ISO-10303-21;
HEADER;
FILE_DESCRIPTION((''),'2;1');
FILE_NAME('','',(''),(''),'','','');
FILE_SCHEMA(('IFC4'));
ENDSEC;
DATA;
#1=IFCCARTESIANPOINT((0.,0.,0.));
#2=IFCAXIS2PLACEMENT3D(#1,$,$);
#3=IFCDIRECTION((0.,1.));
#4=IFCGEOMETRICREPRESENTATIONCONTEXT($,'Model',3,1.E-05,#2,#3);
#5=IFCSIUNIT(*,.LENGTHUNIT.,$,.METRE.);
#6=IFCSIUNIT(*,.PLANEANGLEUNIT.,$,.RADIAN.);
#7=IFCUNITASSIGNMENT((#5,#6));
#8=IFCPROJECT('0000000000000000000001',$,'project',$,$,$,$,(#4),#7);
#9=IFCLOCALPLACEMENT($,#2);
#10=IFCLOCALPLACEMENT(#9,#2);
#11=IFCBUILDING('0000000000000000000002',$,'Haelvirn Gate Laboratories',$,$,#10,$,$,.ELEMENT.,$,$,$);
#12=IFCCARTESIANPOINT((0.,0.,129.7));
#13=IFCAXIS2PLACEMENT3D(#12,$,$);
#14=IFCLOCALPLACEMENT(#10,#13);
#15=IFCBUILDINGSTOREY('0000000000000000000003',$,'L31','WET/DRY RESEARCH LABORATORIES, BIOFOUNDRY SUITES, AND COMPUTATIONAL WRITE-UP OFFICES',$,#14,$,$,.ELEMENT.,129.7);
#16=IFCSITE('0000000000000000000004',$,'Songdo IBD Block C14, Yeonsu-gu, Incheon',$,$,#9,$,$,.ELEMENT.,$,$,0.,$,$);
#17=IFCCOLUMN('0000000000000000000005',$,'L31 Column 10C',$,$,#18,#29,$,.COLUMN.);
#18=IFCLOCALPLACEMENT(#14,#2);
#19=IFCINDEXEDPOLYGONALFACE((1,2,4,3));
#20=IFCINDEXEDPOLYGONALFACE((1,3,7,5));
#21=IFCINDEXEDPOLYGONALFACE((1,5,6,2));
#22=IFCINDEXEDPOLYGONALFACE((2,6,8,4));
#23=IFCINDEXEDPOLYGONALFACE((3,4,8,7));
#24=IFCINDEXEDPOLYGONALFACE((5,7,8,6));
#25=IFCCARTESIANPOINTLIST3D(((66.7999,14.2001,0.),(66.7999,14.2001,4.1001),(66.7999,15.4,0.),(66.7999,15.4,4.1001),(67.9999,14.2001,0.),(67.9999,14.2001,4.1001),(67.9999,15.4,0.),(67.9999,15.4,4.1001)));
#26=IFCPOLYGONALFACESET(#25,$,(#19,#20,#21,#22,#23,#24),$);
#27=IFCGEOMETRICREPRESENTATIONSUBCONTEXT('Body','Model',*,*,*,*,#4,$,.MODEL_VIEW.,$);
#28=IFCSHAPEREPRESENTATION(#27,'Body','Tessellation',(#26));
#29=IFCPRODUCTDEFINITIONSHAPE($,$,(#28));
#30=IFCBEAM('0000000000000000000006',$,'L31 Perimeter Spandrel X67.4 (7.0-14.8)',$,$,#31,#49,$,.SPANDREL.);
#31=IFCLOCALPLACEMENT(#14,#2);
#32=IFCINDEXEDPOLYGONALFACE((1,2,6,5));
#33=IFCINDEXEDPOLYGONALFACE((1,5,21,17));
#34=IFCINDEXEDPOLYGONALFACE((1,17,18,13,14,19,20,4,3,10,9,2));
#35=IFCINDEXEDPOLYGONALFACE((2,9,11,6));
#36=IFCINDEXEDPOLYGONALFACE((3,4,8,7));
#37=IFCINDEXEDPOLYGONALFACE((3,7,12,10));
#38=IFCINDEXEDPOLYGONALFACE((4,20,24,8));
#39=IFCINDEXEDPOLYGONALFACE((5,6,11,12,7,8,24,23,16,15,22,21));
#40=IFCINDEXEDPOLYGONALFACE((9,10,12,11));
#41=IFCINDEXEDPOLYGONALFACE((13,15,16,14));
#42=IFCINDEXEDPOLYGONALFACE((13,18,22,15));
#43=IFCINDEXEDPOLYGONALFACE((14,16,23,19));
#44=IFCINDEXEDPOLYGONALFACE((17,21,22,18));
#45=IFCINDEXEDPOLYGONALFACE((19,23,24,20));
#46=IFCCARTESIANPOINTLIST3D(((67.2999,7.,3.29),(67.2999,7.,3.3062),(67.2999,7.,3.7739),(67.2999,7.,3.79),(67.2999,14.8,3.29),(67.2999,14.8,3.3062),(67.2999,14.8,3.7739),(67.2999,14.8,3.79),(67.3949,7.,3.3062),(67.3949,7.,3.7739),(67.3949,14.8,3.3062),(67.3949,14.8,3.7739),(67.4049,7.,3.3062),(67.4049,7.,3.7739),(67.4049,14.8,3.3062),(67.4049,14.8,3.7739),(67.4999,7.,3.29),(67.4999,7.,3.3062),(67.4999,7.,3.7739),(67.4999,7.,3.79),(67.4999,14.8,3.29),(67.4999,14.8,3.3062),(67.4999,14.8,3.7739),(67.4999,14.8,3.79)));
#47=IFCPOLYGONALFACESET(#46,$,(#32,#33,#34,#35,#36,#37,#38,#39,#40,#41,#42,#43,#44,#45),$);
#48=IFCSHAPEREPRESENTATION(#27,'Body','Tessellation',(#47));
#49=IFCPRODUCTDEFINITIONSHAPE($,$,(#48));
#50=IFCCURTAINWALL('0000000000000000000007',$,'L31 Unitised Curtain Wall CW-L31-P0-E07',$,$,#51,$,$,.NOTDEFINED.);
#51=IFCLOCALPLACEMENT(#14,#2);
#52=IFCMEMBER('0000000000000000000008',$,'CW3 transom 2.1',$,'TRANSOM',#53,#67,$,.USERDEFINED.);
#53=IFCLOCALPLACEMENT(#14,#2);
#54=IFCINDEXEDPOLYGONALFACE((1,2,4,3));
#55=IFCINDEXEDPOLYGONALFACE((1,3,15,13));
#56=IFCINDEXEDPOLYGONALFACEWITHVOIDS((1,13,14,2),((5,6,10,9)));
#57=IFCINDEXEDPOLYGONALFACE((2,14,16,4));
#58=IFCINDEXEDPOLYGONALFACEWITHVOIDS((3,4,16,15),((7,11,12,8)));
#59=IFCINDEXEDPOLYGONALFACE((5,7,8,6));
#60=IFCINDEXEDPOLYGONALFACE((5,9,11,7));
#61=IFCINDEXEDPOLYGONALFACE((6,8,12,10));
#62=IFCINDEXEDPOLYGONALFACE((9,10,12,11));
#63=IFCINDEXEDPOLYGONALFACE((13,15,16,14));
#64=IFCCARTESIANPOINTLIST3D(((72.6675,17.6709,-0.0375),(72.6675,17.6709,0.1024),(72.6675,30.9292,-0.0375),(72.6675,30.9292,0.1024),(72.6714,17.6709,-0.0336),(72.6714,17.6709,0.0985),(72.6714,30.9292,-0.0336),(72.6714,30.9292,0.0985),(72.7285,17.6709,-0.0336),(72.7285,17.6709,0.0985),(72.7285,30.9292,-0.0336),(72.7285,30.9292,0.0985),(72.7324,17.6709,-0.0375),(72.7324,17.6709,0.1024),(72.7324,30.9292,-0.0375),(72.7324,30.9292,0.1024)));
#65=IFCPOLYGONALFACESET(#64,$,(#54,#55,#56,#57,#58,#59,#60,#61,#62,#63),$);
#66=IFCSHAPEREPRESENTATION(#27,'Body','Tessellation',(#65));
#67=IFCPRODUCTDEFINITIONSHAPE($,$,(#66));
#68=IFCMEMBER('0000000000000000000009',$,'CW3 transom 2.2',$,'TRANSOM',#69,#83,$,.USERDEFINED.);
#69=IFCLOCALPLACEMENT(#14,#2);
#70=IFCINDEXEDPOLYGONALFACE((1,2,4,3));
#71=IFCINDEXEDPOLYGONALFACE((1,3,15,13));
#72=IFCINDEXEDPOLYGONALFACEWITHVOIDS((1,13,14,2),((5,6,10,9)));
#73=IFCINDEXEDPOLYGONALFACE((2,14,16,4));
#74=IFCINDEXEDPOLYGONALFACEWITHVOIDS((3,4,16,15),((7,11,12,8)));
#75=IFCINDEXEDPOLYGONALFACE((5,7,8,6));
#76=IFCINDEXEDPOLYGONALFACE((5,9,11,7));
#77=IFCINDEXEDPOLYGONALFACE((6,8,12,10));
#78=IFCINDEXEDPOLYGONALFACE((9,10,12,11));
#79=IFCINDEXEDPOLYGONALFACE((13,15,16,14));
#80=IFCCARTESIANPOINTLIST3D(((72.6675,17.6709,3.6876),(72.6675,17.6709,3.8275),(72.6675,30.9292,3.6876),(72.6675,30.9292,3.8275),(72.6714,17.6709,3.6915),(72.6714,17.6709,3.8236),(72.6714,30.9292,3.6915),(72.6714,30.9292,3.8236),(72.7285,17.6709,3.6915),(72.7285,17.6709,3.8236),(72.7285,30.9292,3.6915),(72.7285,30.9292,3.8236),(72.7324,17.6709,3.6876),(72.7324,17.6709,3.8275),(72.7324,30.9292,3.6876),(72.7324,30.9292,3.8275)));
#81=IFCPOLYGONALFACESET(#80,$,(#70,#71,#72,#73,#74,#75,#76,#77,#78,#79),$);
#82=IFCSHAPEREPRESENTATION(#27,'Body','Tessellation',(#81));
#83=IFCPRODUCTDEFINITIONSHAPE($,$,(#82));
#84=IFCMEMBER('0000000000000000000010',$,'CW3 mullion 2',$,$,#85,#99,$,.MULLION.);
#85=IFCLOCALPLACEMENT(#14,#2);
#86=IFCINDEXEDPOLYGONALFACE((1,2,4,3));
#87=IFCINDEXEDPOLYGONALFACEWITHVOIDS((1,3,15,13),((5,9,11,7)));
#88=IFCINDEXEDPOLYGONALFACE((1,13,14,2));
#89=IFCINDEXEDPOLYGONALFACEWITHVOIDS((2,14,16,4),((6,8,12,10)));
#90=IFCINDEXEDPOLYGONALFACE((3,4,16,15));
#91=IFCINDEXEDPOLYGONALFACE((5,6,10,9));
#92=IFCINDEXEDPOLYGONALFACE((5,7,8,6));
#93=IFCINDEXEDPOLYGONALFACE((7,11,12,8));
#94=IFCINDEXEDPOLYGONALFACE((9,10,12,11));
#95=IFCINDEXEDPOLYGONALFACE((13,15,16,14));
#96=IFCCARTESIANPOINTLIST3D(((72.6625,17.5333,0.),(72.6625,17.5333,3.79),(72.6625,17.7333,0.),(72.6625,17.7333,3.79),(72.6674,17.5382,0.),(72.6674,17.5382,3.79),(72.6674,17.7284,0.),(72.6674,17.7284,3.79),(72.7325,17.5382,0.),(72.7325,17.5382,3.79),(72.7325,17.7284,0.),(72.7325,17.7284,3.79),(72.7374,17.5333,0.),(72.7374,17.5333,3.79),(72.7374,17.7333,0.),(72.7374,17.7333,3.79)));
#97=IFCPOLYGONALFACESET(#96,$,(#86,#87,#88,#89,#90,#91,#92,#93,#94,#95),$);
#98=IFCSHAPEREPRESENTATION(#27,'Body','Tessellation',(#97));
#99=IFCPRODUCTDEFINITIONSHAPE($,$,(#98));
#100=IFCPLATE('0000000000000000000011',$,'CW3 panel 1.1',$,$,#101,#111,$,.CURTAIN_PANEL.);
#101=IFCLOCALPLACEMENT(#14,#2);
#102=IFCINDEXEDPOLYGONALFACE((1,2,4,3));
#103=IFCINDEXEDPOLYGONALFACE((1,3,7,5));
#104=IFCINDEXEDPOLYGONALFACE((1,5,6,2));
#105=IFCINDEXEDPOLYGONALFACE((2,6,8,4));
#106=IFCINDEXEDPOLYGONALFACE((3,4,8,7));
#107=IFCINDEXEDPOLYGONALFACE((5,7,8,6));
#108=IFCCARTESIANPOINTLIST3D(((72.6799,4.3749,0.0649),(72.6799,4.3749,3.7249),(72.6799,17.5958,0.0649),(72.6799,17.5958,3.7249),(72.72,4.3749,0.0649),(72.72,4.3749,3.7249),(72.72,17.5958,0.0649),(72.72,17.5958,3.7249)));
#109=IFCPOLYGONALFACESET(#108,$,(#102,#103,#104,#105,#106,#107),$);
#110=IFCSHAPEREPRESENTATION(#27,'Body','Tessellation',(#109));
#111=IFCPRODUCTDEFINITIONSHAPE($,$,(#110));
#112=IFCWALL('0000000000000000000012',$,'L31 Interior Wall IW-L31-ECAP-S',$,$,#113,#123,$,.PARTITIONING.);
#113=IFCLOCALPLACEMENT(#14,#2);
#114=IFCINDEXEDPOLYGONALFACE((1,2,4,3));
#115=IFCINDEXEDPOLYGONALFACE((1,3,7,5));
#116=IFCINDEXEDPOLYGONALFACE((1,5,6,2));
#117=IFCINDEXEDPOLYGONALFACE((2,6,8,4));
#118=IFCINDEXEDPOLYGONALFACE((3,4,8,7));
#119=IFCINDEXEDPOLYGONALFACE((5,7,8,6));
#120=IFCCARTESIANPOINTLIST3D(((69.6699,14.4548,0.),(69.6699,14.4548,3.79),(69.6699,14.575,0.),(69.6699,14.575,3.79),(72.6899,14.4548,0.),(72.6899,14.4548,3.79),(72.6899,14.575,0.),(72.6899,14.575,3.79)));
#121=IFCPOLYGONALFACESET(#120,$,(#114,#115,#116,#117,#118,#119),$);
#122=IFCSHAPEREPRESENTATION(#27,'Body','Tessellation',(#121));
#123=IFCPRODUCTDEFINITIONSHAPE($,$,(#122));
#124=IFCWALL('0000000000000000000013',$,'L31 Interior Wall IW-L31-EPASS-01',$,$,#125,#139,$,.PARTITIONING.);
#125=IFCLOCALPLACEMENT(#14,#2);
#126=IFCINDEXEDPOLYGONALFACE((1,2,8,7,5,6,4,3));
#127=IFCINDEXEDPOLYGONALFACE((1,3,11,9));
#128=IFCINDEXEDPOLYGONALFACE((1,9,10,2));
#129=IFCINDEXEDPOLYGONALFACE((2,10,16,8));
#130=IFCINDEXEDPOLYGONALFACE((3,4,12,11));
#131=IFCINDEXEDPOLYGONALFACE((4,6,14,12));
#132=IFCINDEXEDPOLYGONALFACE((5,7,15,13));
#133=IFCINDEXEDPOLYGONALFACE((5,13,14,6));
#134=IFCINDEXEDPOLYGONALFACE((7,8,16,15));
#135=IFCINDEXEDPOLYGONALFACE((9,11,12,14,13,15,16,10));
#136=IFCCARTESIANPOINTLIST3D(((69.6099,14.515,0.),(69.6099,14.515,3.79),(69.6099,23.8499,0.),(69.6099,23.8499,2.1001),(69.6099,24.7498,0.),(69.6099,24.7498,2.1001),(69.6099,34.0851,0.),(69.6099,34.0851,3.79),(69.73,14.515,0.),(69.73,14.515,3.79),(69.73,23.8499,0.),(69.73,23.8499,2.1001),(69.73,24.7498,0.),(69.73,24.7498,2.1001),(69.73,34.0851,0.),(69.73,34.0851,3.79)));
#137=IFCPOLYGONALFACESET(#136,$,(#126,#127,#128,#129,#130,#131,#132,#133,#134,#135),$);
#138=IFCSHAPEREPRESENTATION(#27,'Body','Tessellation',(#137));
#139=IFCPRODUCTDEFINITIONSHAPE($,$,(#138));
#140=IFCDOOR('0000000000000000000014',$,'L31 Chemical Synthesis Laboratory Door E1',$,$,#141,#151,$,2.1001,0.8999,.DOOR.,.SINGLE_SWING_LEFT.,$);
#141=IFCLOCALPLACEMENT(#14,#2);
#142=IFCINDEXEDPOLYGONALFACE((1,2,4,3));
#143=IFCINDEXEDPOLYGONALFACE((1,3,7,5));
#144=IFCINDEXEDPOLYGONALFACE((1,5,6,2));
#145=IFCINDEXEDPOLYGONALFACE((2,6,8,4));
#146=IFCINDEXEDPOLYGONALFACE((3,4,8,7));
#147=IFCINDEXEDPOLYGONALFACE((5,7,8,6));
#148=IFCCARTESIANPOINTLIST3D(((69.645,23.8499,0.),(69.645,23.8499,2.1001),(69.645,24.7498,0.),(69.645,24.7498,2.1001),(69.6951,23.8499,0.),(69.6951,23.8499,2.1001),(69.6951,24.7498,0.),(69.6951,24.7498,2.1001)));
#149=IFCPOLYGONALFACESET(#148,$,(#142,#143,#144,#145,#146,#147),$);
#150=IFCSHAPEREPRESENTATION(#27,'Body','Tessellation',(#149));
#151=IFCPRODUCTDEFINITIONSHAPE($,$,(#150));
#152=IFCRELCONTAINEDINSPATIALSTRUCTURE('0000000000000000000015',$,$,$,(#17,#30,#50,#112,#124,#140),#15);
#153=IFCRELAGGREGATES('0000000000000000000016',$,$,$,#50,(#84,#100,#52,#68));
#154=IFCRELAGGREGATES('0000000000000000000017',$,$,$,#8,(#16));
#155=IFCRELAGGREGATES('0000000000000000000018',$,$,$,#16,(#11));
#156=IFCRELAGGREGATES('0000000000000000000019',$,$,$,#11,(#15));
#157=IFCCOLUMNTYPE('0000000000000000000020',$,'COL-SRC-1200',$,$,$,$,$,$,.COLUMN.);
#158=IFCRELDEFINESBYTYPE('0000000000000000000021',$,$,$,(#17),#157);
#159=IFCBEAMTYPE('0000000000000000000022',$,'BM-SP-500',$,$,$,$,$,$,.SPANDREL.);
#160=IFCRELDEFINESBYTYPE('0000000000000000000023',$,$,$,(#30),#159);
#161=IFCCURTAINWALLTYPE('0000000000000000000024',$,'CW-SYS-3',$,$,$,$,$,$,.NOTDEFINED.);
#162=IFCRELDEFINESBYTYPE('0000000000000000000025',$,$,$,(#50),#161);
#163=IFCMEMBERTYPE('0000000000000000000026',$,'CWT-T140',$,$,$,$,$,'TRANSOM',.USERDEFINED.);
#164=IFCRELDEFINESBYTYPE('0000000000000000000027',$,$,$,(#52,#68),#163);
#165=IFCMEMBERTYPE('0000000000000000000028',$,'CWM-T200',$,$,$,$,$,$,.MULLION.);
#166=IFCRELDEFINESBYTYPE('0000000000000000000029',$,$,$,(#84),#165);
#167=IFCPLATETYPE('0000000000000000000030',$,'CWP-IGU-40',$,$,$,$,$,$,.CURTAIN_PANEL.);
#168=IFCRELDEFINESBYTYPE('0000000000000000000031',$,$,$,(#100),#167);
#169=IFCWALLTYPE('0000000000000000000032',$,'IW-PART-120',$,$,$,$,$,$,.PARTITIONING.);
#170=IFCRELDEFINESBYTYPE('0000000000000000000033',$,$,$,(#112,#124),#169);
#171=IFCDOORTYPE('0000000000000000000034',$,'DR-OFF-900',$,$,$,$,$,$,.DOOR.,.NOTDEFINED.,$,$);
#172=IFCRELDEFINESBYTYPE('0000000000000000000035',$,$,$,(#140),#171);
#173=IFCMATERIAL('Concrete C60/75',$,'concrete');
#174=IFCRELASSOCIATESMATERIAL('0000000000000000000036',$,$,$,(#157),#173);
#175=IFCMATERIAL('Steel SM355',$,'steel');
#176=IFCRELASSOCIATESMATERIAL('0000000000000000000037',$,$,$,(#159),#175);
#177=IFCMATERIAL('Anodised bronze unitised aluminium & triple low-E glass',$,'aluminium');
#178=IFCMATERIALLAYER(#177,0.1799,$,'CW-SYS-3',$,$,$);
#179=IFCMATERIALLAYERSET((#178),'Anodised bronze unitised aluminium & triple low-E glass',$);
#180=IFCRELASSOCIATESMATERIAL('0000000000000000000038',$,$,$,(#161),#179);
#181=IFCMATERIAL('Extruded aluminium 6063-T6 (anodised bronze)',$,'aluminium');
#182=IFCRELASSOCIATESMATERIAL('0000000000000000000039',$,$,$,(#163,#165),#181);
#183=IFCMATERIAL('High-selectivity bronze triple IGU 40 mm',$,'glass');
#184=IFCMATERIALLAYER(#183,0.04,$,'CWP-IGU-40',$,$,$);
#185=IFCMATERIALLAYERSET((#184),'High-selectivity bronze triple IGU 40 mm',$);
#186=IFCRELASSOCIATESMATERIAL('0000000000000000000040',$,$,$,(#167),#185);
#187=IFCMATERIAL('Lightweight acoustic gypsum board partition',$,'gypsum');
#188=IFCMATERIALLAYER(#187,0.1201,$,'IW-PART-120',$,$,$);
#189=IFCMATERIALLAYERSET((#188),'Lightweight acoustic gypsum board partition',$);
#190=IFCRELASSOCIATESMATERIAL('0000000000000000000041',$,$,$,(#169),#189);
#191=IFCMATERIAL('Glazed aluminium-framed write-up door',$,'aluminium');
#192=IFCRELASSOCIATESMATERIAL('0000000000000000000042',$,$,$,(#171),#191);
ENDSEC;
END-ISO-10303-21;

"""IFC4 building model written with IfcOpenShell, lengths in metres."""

from ifc_helpers import new_model, si_unit, direction, frame, frame_2d, origin, origin_2d, place, context, subcontext, project, spatial, rectangle, hollow_rectangle, i_section, extrude, source, transform, mapped, material, layer, layer_set, material_profile, profile_set, type_object, type_shapes, element, fill, aggregate, save


model = new_model("IFC4")

# Units and contexts
model_context = context("Model", 3, precision=1e-05, world=origin(), true_north=direction((0.0, 1.0)))
body_context = subcontext(model_context, "Body", "Model", "MODEL_VIEW")
ifc_project = project(units=[si_unit("LENGTHUNIT", "METRE"), si_unit("PLANEANGLEUNIT", "RADIAN")], contexts=[model_context])

# Site, building, storey
site_placement = place(None, origin())
site = spatial("IfcSite", under=ifc_project, at=site_placement, Name="Songdo IBD Block C14, Yeonsu-gu, Incheon", CompositionType="ELEMENT", RefElevation=0.0)
building_placement = place(site_placement, origin())
building = spatial("IfcBuilding", under=site, at=building_placement, Name="Haelvirn Gate Laboratories", CompositionType="ELEMENT")
storey_placement = place(building_placement, frame((0.0, 0.0, 129.7)))
storey = spatial("IfcBuildingStorey", under=building, at=storey_placement, Name="L31", Description="WET/DRY RESEARCH LABORATORIES, BIOFOUNDRY SUITES, AND COMPUTATIONAL WRITE-UP OFFICES", CompositionType="ELEMENT", Elevation=129.7)

# Column
ifc_material_1 = material(Name="Concrete C60/75", Category="concrete")
ifc_material_profile_1 = material_profile(ifc_material_1, rectangle(XDim=1.2, YDim=1.2, at=origin_2d()), Name="SRC-1200x1200")
ifc_profile_set_1 = profile_set([ifc_material_profile_1], Name="Concrete C60/75")
column_type = type_object("IfcColumnType", Name="COL-SRC-1200", PredefinedType="COLUMN", material=ifc_profile_set_1)
shared_shape_1 = source(origin(), body_context, "Body", "SweptSolid", [
    extrude(rectangle(XDim=1.2, YDim=1.2, at=origin_2d()), origin(), (0.0, 0.0, 1.0), 4.1001),
])
type_shapes(column_type, [shared_shape_1])
column_placement = place(storey_placement, frame((67.3999, 14.8, 0.0), z_axis=(0.0, 0.0, 1.0), x_axis=(1.0, 0.0, 0.0)))
element("IfcColumn", 1, at=column_placement, inside=storey, type_object=column_type, Name="L31 Column 10C", PredefinedType="COLUMN", context=body_context, shape_type="MappedRepresentation", body=[
    mapped(shared_shape_1, transform((0.0, 0.0, 0.0), scale=1.0)),
])

# Beam
ifc_material_2 = material(Name="Steel SM355", Category="steel")
ifc_material_profile_2 = material_profile(ifc_material_2, i_section(OverallWidth=0.2, OverallDepth=0.5, WebThickness=0.01, FlangeThickness=0.0161, at=origin_2d()), Name="H-500x200x10x16")
ifc_profile_set_2 = profile_set([ifc_material_profile_2], Name="Steel SM355")
beam_type = type_object("IfcBeamType", Name="BM-SP-500", PredefinedType="SPANDREL", material=ifc_profile_set_2)
shared_shape_2 = source(origin(), body_context, "Body", "SweptSolid", [
    extrude(i_section(OverallWidth=0.2, OverallDepth=0.5, WebThickness=0.01, FlangeThickness=0.0161, at=origin_2d()), origin(), (0.0, 0.0, 1.0), 7.8),
])
type_shapes(beam_type, [shared_shape_2])
beam_placement = place(storey_placement, frame((67.3999, 7.0, 3.54), z_axis=(0.0, 1.0, 0.0), x_axis=(-1.0, 0.0, 0.0)))
element("IfcBeam", 2, at=beam_placement, inside=storey, type_object=beam_type, Name="L31 Perimeter Spandrel X67.4 (7.0-14.8)", PredefinedType="SPANDREL", context=body_context, shape_type="MappedRepresentation", body=[
    mapped(shared_shape_2, transform((0.0, 0.0, 0.0), scale=1.0)),
])

# Curtain wall, members, plate
ifc_material_3 = material(Name="Anodised bronze unitised aluminium & triple low-E glass", Category="aluminium")
ifc_layer_1 = layer(ifc_material_3, 0.1799, Name="CW-SYS-3")
ifc_layer_set_1 = layer_set([ifc_layer_1], Name="Anodised bronze unitised aluminium & triple low-E glass")
curtain_wall_type = type_object("IfcCurtainWallType", Name="CW-SYS-3", PredefinedType="NOTDEFINED", material=ifc_layer_set_1)
curtain_wall_placement = place(storey_placement, origin())
curtain_wall = element("IfcCurtainWall", 3, at=curtain_wall_placement, inside=storey, type_object=curtain_wall_type, Name="L31 Unitised Curtain Wall CW-L31-P0-E07", PredefinedType="NOTDEFINED")
ifc_material_4 = material(Name="Extruded aluminium 6063-T6 (anodised bronze)", Category="aluminium")
ifc_material_profile_3 = material_profile(ifc_material_4, hollow_rectangle(XDim=0.0649, YDim=0.1399, WallThickness=0.0039, at=origin_2d()), Name="CWT-140x65x4")
ifc_profile_set_3 = profile_set([ifc_material_profile_3], Name="Extruded aluminium 6063-T6 (anodised bronze)")
member_type_1 = type_object("IfcMemberType", Name="CWT-T140", ElementType="TRANSOM", PredefinedType="USERDEFINED", material=ifc_profile_set_3)
shared_shape_3 = source(origin(), body_context, "Body", "SweptSolid", [
    extrude(hollow_rectangle(XDim=0.0649, YDim=0.1399, WallThickness=0.0039, at=origin_2d()), origin(), (0.0, 0.0, 1.0), 13.2583),
])
type_shapes(member_type_1, [shared_shape_3])
member_1_placement = place(storey_placement, frame((72.7, 17.6709, 0.0325), z_axis=(0.0, 1.0, 0.0), x_axis=(-1.0, 0.0, 0.0)))
member_1 = element("IfcMember", 4, at=member_1_placement, type_object=member_type_1, Name="CW3 transom 2.1", ObjectType="TRANSOM", PredefinedType="USERDEFINED", context=body_context, shape_type="MappedRepresentation", body=[
    mapped(shared_shape_3, transform((0.0, 0.0, 0.0), scale=1.0)),
])
member_2_placement = place(storey_placement, frame((72.7, 17.6709, 3.7576), z_axis=(0.0, 1.0, 0.0), x_axis=(-1.0, 0.0, 0.0)))
member_2 = element("IfcMember", 5, at=member_2_placement, type_object=member_type_1, Name="CW3 transom 2.2", ObjectType="TRANSOM", PredefinedType="USERDEFINED", context=body_context, shape_type="MappedRepresentation", body=[
    mapped(shared_shape_3, transform((0.0, 0.0, 0.0), scale=1.0)),
])
ifc_material_profile_4 = material_profile(ifc_material_4, hollow_rectangle(XDim=0.075, YDim=0.2, WallThickness=0.0049, at=origin_2d()), Name="CWM-200x75x5")
ifc_profile_set_4 = profile_set([ifc_material_profile_4], Name="Extruded aluminium 6063-T6 (anodised bronze)")
member_type_2 = type_object("IfcMemberType", Name="CWM-T200", PredefinedType="MULLION", material=ifc_profile_set_4)
shared_shape_4 = source(origin(), body_context, "Body", "SweptSolid", [
    extrude(hollow_rectangle(XDim=0.075, YDim=0.2, WallThickness=0.0049, at=origin_2d()), origin(), (0.0, 0.0, 1.0), 3.79),
])
type_shapes(member_type_2, [shared_shape_4])
member_3_placement = place(storey_placement, frame((72.7, 17.6333, 0.0), z_axis=(0.0, 0.0, 1.0), x_axis=(-1.0, 0.0, 0.0)))
member_3 = element("IfcMember", 6, at=member_3_placement, type_object=member_type_2, Name="CW3 mullion 2", PredefinedType="MULLION", context=body_context, shape_type="MappedRepresentation", body=[
    mapped(shared_shape_4, transform((0.0, 0.0, 0.0), scale=1.0)),
])
ifc_material_5 = material(Name="High-selectivity bronze triple IGU 40 mm", Category="glass")
ifc_layer_2 = layer(ifc_material_5, 0.04, Name="CWP-IGU-40")
ifc_layer_set_2 = layer_set([ifc_layer_2], Name="High-selectivity bronze triple IGU 40 mm")
plate_type = type_object("IfcPlateType", Name="CWP-IGU-40", PredefinedType="CURTAIN_PANEL", material=ifc_layer_set_2)
shared_shape_5 = source(origin(), body_context, "Body", "SweptSolid", [
    extrude(rectangle(XDim=13.2209, YDim=0.04, at=origin_2d()), origin(), (0.0, 0.0, 1.0), 3.6599),
])
type_shapes(plate_type, [shared_shape_5])
plate_placement = place(storey_placement, frame((72.7, 10.9854, 0.0649), z_axis=(0.0, 0.0, 1.0), x_axis=(0.0, 1.0, 0.0)))
plate = element("IfcPlate", 7, at=plate_placement, type_object=plate_type, Name="CW3 panel 1.1", PredefinedType="CURTAIN_PANEL", context=body_context, shape_type="MappedRepresentation", body=[
    mapped(shared_shape_5, transform((0.0, 0.0, 0.0), scale=1.0)),
])
aggregate(curtain_wall, [member_3, plate, member_1, member_2])

# Wall
ifc_material_6 = material(Name="Lightweight acoustic gypsum board partition", Category="gypsum")
ifc_layer_3 = layer(ifc_material_6, 0.1201, Name="IW-PART-120")
ifc_layer_set_3 = layer_set([ifc_layer_3], Name="Lightweight acoustic gypsum board partition")
wall_type_1 = type_object("IfcWallType", Name="IW-PART-120", PredefinedType="PARTITIONING", material=ifc_layer_set_3)
wall_1_placement = place(storey_placement, frame((69.6699, 14.5149, 0.0), z_axis=(0.0, 0.0, 1.0), x_axis=(1.0, 0.0, 0.0)))
element("IfcWall", 8, at=wall_1_placement, inside=storey, type_object=wall_type_1, Name="L31 Interior Wall IW-L31-ECAP-S", PredefinedType="PARTITIONING", context=body_context, shape_type="SweptSolid", body=[
    extrude(rectangle(XDim=3.02, YDim=0.1201, at=frame_2d((1.51, 0.0))), origin(), (0.0, 0.0, 1.0), 3.79),
])

# Wall, opening, door
wall_2_placement = place(storey_placement, frame((69.6699, 14.5149, 0.0), z_axis=(0.0, 0.0, 1.0), x_axis=(0.0, 1.0, 0.0)))
wall_2 = element("IfcWall", 9, at=wall_2_placement, inside=storey, type_object=wall_type_1, Name="L31 Interior Wall IW-L31-EPASS-01", PredefinedType="PARTITIONING", context=body_context, shape_type="SweptSolid", body=[
    extrude(rectangle(XDim=19.5701, YDim=0.1201, at=frame_2d((9.7852, 0.0))), origin(), (0.0, 0.0, 1.0), 3.79),
])
opening_1_placement = place(wall_2_placement, frame((9.335, 0.0, 0.0)))
opening_1 = element("IfcOpeningElement", 10, at=opening_1_placement, cuts=wall_2, PredefinedType="OPENING", context=body_context, shape_type="SweptSolid", body=[
    extrude(rectangle(XDim=0.8999, YDim=2.1001, at=frame_2d((0.45, 1.05))), frame((0.0, 0.0701, 0.0), z_axis=(0.0, -1.0, 0.0), x_axis=(1.0, 0.0, 0.0)), (0.0, 0.0, 1.0), 0.1401),
])
ifc_material_7 = material(Name="Glazed aluminium-framed write-up door", Category="aluminium")
door_type_1 = type_object("IfcDoorType", Name="DR-OFF-900", OperationType="NOTDEFINED", PredefinedType="DOOR", material=ifc_material_7)
shared_shape_6 = source(origin(), body_context, "Body", "SweptSolid", [
    extrude(rectangle(XDim=0.8999, YDim=2.1001, at=frame_2d((0.45, 1.05))), frame((0.0, 0.0249, 0.0), z_axis=(0.0, -1.0, 0.0), x_axis=(1.0, 0.0, 0.0)), (0.0, 0.0, 1.0), 0.05),
])
type_shapes(door_type_1, [shared_shape_6])
door_1_placement = place(opening_1_placement, origin())
door_1 = element("IfcDoor", 11, at=door_1_placement, inside=storey, type_object=door_type_1, Name="L31 Chemical Synthesis Laboratory Door E1", OperationType="SINGLE_SWING_LEFT", OverallHeight=2.1001, OverallWidth=0.8999, PredefinedType="DOOR", context=body_context, shape_type="MappedRepresentation", body=[
    mapped(shared_shape_6, transform((0.0, 0.0, 0.0), scale=1.0)),
])
fill(opening_1, door_1)

save(model, "model.ifc")
